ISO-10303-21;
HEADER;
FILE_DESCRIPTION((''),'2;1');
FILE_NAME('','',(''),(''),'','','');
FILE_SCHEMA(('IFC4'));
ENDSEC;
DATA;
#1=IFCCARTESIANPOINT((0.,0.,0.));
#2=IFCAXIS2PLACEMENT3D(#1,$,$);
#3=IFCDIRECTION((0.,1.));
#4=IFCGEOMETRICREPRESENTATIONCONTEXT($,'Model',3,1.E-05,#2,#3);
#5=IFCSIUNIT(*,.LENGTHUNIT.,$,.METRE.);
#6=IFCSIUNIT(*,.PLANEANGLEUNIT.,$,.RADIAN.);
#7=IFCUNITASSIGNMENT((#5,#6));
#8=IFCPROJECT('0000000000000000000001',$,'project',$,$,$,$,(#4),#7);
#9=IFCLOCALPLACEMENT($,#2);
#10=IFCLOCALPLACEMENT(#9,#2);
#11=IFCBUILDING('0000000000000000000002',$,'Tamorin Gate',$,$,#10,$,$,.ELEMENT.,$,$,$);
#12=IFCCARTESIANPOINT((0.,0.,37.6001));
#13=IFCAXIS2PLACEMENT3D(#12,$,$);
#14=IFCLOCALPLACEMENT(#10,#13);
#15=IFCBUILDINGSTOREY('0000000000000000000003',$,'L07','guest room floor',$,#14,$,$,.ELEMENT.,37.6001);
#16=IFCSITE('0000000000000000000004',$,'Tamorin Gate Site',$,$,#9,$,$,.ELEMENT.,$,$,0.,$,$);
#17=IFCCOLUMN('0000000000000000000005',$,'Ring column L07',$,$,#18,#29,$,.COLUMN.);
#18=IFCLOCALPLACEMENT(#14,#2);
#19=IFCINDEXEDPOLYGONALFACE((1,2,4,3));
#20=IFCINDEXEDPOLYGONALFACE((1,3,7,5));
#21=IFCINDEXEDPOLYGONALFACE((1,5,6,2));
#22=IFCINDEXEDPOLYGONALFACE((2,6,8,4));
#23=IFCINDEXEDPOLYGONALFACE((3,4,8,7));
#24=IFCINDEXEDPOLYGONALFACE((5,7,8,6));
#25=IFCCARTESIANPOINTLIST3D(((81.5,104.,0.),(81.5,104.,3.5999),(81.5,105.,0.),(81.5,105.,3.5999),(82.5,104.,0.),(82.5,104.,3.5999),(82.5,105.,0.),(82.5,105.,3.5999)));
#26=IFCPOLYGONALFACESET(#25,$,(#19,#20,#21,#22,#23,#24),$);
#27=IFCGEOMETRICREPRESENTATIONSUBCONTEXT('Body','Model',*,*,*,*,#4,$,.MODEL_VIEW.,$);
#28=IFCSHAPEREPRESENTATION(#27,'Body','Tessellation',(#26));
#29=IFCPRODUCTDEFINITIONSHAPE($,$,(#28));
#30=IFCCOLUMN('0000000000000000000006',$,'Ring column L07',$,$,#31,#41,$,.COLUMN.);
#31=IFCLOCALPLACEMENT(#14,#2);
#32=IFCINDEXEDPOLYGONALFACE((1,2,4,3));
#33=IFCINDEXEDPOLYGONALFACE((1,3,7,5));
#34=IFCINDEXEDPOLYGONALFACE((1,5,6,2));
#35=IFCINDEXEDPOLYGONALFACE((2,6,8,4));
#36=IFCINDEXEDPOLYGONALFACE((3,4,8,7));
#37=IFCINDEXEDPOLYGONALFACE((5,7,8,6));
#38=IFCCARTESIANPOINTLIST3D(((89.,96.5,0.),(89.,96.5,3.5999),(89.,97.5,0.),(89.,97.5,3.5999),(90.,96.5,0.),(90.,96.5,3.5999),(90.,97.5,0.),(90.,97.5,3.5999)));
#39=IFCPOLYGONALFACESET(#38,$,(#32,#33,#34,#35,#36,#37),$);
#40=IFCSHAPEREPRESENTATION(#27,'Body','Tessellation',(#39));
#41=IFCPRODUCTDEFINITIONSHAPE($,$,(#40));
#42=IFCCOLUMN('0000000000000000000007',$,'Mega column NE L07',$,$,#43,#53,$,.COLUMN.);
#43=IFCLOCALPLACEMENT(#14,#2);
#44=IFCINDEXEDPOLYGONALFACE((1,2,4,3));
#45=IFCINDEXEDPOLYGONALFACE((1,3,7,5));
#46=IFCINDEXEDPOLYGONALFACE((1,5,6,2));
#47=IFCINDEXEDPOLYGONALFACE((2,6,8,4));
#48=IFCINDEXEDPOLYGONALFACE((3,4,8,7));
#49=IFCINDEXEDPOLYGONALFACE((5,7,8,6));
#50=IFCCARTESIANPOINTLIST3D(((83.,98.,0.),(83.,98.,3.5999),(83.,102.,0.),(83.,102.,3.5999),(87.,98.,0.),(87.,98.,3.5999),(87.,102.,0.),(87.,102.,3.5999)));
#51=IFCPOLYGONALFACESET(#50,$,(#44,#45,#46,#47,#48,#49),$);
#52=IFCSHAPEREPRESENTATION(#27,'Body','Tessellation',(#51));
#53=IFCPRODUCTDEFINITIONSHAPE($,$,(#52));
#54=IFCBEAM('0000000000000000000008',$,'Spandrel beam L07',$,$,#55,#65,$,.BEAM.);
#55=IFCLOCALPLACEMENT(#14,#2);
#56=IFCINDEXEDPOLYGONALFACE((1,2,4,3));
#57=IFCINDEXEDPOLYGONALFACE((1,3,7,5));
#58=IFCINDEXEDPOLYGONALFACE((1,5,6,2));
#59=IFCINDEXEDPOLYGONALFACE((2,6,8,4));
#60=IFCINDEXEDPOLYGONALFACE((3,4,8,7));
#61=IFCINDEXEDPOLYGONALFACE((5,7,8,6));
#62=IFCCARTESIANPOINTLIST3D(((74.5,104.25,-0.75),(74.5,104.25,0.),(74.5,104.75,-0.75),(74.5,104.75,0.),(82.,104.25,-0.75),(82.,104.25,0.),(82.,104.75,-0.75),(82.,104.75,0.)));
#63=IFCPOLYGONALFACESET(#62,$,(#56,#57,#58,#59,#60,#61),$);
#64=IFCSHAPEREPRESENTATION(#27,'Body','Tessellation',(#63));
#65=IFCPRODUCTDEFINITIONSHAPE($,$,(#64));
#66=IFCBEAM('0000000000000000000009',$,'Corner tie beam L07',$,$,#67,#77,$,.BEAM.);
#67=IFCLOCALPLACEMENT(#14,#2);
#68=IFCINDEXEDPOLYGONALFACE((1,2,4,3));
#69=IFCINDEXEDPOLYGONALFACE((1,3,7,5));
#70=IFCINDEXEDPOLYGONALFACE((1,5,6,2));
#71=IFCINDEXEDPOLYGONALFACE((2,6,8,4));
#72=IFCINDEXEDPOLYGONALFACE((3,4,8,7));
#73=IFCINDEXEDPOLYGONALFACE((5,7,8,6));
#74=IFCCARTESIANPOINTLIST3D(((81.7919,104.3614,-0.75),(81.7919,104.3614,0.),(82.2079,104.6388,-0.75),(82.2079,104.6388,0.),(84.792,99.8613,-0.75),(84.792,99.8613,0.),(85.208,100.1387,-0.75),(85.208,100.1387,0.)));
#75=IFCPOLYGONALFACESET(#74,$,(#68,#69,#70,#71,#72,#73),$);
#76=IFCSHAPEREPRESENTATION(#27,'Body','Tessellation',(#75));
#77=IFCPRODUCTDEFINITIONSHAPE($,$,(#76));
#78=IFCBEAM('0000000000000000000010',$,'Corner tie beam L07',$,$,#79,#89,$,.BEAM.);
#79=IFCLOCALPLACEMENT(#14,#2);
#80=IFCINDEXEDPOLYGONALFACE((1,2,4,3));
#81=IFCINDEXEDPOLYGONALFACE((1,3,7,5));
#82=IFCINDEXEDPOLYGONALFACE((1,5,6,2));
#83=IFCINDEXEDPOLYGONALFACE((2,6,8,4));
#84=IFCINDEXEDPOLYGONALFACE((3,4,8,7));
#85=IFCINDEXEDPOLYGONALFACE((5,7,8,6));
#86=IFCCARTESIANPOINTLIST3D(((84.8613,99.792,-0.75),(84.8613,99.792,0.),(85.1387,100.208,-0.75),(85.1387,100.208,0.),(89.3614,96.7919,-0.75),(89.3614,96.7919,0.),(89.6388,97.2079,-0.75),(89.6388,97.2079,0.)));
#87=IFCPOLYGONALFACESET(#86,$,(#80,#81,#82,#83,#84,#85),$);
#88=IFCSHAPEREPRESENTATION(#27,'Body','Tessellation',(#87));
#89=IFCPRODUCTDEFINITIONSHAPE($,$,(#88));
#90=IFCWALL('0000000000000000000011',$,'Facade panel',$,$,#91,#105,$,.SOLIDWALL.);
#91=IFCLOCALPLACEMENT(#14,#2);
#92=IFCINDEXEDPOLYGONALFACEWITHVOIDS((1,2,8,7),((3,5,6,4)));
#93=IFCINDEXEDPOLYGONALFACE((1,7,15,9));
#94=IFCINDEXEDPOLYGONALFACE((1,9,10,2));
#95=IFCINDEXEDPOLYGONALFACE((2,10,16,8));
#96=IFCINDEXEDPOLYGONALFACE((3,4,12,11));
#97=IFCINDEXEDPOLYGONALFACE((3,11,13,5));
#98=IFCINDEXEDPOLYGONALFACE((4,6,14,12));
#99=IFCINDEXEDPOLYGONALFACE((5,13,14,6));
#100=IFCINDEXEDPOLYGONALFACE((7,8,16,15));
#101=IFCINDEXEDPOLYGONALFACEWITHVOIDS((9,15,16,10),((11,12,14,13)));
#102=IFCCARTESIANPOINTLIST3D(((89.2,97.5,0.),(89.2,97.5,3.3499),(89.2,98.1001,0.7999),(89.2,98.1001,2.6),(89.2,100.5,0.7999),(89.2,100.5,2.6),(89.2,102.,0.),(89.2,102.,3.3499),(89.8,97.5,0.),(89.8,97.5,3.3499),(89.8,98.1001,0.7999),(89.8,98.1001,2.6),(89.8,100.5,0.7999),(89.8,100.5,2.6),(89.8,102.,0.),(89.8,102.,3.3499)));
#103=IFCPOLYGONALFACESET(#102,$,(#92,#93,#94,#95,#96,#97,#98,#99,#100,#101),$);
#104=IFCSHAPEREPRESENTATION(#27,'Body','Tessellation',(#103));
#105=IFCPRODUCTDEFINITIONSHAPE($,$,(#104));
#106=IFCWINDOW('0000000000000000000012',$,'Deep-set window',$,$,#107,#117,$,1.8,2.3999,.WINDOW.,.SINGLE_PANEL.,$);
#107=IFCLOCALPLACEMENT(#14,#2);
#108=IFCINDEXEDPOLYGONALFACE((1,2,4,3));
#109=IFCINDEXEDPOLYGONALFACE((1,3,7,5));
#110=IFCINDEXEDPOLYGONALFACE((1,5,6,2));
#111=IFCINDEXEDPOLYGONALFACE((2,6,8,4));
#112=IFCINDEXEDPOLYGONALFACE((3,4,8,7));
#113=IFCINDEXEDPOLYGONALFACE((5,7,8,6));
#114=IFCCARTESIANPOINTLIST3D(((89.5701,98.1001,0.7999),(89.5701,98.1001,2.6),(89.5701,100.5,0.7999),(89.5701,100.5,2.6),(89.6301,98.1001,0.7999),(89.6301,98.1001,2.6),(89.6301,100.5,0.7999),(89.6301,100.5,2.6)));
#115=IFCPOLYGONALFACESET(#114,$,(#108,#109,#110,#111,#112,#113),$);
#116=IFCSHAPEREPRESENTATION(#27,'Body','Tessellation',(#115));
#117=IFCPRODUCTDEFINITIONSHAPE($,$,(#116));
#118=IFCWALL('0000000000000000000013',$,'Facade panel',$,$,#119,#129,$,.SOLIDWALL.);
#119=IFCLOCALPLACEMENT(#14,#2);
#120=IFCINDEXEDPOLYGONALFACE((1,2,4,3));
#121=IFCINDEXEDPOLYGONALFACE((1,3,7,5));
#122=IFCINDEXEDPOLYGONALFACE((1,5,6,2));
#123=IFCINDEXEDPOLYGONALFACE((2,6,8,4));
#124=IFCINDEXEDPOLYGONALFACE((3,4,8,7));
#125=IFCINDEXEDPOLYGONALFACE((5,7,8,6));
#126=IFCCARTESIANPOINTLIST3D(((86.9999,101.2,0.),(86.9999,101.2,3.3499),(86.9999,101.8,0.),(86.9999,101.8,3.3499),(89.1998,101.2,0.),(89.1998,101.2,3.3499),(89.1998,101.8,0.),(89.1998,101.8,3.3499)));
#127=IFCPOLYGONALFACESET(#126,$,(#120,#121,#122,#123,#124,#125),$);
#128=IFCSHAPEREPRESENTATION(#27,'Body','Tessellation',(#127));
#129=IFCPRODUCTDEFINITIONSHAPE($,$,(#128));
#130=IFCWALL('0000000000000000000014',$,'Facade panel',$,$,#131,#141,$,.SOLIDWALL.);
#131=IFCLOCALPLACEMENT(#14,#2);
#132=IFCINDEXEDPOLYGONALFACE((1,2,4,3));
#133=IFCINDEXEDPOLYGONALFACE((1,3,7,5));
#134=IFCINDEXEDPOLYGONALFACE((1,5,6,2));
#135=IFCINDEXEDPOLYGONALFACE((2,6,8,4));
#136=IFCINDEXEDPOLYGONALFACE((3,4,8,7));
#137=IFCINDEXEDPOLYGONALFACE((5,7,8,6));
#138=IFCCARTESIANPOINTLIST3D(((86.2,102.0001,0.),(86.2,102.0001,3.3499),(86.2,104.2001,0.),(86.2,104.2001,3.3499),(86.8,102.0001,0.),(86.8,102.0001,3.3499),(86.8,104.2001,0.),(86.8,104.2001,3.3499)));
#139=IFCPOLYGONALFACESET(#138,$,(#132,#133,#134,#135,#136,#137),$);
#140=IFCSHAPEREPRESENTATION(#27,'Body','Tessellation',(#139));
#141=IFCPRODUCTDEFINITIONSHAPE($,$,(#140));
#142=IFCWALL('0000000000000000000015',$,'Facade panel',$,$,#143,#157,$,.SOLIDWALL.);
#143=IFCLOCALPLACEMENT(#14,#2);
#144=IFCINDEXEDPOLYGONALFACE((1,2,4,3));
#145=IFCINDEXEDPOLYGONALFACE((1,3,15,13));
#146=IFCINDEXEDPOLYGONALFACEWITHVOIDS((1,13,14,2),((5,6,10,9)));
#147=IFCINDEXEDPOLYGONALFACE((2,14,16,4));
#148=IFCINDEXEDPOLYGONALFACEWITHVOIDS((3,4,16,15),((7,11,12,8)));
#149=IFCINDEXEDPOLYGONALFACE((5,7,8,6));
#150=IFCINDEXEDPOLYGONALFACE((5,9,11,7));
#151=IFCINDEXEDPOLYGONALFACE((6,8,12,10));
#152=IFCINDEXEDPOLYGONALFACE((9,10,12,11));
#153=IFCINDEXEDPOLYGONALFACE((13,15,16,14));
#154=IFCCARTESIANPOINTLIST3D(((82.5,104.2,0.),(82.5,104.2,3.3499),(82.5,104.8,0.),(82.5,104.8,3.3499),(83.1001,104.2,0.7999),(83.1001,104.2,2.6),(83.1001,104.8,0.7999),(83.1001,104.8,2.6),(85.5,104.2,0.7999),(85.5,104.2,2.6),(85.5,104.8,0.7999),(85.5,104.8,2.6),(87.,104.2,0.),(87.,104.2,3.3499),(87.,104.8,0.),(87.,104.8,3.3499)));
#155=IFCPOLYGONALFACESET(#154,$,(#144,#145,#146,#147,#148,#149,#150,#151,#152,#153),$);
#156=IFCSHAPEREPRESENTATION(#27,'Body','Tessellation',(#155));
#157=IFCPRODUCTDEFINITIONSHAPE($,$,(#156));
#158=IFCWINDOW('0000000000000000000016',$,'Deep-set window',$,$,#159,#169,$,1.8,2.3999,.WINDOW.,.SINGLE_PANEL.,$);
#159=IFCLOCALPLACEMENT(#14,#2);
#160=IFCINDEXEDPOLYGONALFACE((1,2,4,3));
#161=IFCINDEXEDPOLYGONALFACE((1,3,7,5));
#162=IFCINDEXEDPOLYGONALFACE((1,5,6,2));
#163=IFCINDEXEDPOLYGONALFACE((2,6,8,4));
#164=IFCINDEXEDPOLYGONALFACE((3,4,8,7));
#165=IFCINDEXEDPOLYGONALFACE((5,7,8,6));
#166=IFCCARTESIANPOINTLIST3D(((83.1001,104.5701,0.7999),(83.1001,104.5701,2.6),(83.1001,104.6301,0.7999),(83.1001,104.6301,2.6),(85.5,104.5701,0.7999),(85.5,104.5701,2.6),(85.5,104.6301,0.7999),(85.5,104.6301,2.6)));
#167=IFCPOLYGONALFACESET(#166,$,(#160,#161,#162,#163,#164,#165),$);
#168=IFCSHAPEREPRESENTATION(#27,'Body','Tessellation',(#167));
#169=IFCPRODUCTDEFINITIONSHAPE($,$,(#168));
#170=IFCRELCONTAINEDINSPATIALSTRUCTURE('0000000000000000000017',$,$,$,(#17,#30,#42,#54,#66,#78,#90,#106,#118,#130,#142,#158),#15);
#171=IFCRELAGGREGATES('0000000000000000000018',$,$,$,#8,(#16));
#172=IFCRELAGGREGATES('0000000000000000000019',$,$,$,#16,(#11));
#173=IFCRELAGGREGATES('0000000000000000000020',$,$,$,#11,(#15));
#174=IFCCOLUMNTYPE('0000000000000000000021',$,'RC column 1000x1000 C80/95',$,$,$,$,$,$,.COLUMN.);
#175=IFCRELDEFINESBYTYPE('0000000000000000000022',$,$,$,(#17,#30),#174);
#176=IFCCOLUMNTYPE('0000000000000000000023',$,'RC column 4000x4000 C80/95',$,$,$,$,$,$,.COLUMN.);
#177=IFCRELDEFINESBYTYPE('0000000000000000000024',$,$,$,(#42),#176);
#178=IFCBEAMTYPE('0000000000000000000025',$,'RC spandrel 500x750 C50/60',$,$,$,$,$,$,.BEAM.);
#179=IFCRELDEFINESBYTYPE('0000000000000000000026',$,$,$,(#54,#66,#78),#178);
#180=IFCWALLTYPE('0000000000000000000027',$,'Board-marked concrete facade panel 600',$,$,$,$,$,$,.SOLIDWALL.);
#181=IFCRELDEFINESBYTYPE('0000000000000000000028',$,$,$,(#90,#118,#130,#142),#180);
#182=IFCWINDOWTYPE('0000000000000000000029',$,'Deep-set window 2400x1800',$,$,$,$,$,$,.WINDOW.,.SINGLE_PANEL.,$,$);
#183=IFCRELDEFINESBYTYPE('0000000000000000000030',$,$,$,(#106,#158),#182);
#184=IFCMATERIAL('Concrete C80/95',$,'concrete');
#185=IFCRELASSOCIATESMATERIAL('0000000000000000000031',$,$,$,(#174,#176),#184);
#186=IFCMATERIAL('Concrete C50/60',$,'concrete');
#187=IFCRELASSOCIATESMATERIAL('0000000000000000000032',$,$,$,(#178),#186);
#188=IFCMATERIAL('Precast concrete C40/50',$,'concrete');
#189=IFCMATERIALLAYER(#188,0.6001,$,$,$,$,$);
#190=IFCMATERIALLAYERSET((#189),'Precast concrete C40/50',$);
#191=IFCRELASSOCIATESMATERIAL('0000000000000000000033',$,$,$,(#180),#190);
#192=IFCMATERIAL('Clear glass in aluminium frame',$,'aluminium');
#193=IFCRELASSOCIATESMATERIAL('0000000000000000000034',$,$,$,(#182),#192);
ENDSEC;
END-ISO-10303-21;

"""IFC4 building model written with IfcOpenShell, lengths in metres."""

from ifc_helpers import new_model, si_unit, direction, frame, frame_2d, origin, origin_2d, place, context, subcontext, project, spatial, rectangle, extrude, material, layer, layer_set, material_profile, profile_set, type_object, element, fill, save


model = new_model("IFC4")

# Units and contexts
model_context = context("Model", 3, precision=1e-05, world=origin(), true_north=direction((0.0, 1.0)))
body_context = subcontext(model_context, "Body", "Model", "MODEL_VIEW")
ifc_project = project(units=[si_unit("LENGTHUNIT", "METRE"), si_unit("PLANEANGLEUNIT", "RADIAN")], contexts=[model_context])

# Site, building, storey
site_placement = place(None, origin())
site = spatial("IfcSite", under=ifc_project, at=site_placement, Name="Tamorin Gate Site", CompositionType="ELEMENT", RefElevation=0.0)
building_placement = place(site_placement, origin())
building = spatial("IfcBuilding", under=site, at=building_placement, Name="Tamorin Gate", CompositionType="ELEMENT")
storey_placement = place(building_placement, frame((0.0, 0.0, 37.6001)))
storey = spatial("IfcBuildingStorey", under=building, at=storey_placement, Name="L07", Description="guest room floor", CompositionType="ELEMENT", Elevation=37.6001)

# Columns
ifc_material_1 = material(Name="Concrete C80/95", Category="concrete")
ifc_material_profile_1 = material_profile(ifc_material_1, rectangle(XDim=1.0, YDim=1.0, at=origin_2d()), Name="RC 1000x1000")
ifc_profile_set_1 = profile_set([ifc_material_profile_1], Name="Concrete C80/95")
column_type_1 = type_object("IfcColumnType", Name="RC column 1000x1000 C80/95", PredefinedType="COLUMN", material=ifc_profile_set_1)
for number, where, z_axis, x_axis, name in (
    (1, (82.0, 104.5, 0.0), (0.0, 0.0, 1.0), (1.0, 0.0, 0.0), "Ring column L07"),
    (2, (89.5, 97.0, 0.0), (0.0, 0.0, 1.0), (1.0, 0.0, 0.0), "Ring column L07"),
):
    element("IfcColumn", number, at=place(storey_placement, frame(where, z_axis=z_axis, x_axis=x_axis)), inside=storey, type_object=column_type_1, Name=name, PredefinedType="COLUMN", context=body_context, shape_type="SweptSolid", body=[
        extrude(rectangle(XDim=1.0, YDim=1.0, at=origin_2d()), origin(), (0.0, 0.0, 1.0), 3.5999),
    ])
ifc_material_profile_2 = material_profile(ifc_material_1, rectangle(XDim=4.0, YDim=4.0, at=origin_2d()), Name="RC 4000x4000")
ifc_profile_set_2 = profile_set([ifc_material_profile_2], Name="Concrete C80/95")
column_type_2 = type_object("IfcColumnType", Name="RC column 4000x4000 C80/95", PredefinedType="COLUMN", material=ifc_profile_set_2)
column_placement = place(storey_placement, frame((85.0, 100.0, 0.0), z_axis=(0.0, 0.0, 1.0), x_axis=(1.0, 0.0, 0.0)))
element("IfcColumn", 3, at=column_placement, inside=storey, type_object=column_type_2, Name="Mega column NE L07", PredefinedType="COLUMN", context=body_context, shape_type="SweptSolid", body=[
    extrude(rectangle(XDim=4.0, YDim=4.0, at=origin_2d()), origin(), (0.0, 0.0, 1.0), 3.5999),
])

# Beams
ifc_material_2 = material(Name="Concrete C50/60", Category="concrete")
ifc_material_profile_3 = material_profile(ifc_material_2, rectangle(XDim=0.5, YDim=0.75, at=origin_2d()), Name="RC 500x750")
ifc_profile_set_3 = profile_set([ifc_material_profile_3], Name="Concrete C50/60")
beam_type = type_object("IfcBeamType", Name="RC spandrel 500x750 C50/60", PredefinedType="BEAM", material=ifc_profile_set_3)
beam_placement = place(storey_placement, frame((82.0, 104.5, -0.375), z_axis=(-1.0, 0.0, 0.0), x_axis=(0.0, -1.0, 0.0)))
element("IfcBeam", 4, at=beam_placement, inside=storey, type_object=beam_type, Name="Spandrel beam L07", PredefinedType="BEAM", context=body_context, shape_type="SweptSolid", body=[
    extrude(rectangle(XDim=0.5, YDim=0.75, at=origin_2d()), origin(), (0.0, 0.0, 1.0), 7.5),
])
for number, where, z_axis, x_axis, name in (
    (5, (85.0, 100.0, -0.375), (-0.5547, 0.83205, 0.0), (-0.83205, -0.5547, 0.0), "Corner tie beam L07"),
    (6, (85.0, 100.0, -0.375), (0.83205, -0.5547, 0.0), (0.5547, 0.83205, 0.0), "Corner tie beam L07"),
):
    element("IfcBeam", number, at=place(storey_placement, frame(where, z_axis=z_axis, x_axis=x_axis)), inside=storey, type_object=beam_type, Name=name, PredefinedType="BEAM", context=body_context, shape_type="SweptSolid", body=[
        extrude(rectangle(XDim=0.5, YDim=0.75, at=origin_2d()), origin(), (0.0, 0.0, 1.0), 5.4084),
    ])

# Wall, opening, window
ifc_material_3 = material(Name="Precast concrete C40/50", Category="concrete")
ifc_layer_1 = layer(ifc_material_3, 0.6001)
ifc_layer_set_1 = layer_set([ifc_layer_1], Name="Precast concrete C40/50")
wall_type_1 = type_object("IfcWallType", Name="Board-marked concrete facade panel 600", PredefinedType="SOLIDWALL", material=ifc_layer_set_1)
wall_1_placement = place(storey_placement, frame((89.5, 97.5, 0.0), z_axis=(0.0, 0.0, 1.0), x_axis=(0.0, 1.0, 0.0)))
wall_1 = element("IfcWall", 7, at=wall_1_placement, inside=storey, type_object=wall_type_1, Name="Facade panel", PredefinedType="SOLIDWALL", context=body_context, shape_type="SweptSolid", body=[
    extrude(rectangle(XDim=4.5, YDim=0.6001, at=frame_2d((2.25, 0.0))), origin(), (0.0, 0.0, 1.0), 3.3499),
])
opening_1_placement = place(wall_1_placement, frame((0.6001, 0.0, 0.8)))
opening_1 = element("IfcOpeningElement", 8, at=opening_1_placement, cuts=wall_1, PredefinedType="OPENING", context=body_context, shape_type="SweptSolid", body=[
    extrude(rectangle(XDim=2.3999, YDim=1.8, at=frame_2d((1.2, 0.8999))), frame((0.0, 0.3101, 0.0), z_axis=(0.0, -1.0, 0.0), x_axis=(1.0, 0.0, 0.0)), (0.0, 0.0, 1.0), 0.6201),
])
ifc_material_4 = material(Name="Clear glass in aluminium frame", Category="aluminium")
window_type = type_object("IfcWindowType", Name="Deep-set window 2400x1800", PartitioningType="SINGLE_PANEL", PredefinedType="WINDOW", material=ifc_material_4)
window_1_placement = place(opening_1_placement, origin())
window_1 = element("IfcWindow", 9, at=window_1_placement, inside=storey, type_object=window_type, Name="Deep-set window", OverallHeight=1.8, OverallWidth=2.3999, PartitioningType="SINGLE_PANEL", PredefinedType="WINDOW", context=body_context, shape_type="SweptSolid", body=[
    extrude(rectangle(XDim=2.3999, YDim=1.8, at=frame_2d((1.2, 0.8999))), frame((0.0, -0.0701, 0.0), z_axis=(0.0, -1.0, 0.0), x_axis=(1.0, 0.0, 0.0)), (0.0, 0.0, 1.0), 0.0601),
])
fill(opening_1, window_1)

# Walls
for number, where, z_axis, x_axis, name in (
    (10, (89.2, 101.5, 0.0), (0.0, 0.0, 1.0), (-1.0, 0.0, 0.0), "Facade panel"),
    (11, (86.5, 102.0, 0.0), (0.0, 0.0, 1.0), (0.0, 1.0, 0.0), "Facade panel"),
):
    element("IfcWall", number, at=place(storey_placement, frame(where, z_axis=z_axis, x_axis=x_axis)), inside=storey, type_object=wall_type_1, Name=name, PredefinedType="SOLIDWALL", context=body_context, shape_type="SweptSolid", body=[
        extrude(rectangle(XDim=2.2, YDim=0.6001, at=frame_2d((1.1001, 0.0))), origin(), (0.0, 0.0, 1.0), 3.3499),
    ])

# Wall, opening, window
wall_2_placement = place(storey_placement, frame((87.0, 104.5, 0.0), z_axis=(0.0, 0.0, 1.0), x_axis=(-1.0, 0.0, 0.0)))
wall_2 = element("IfcWall", 12, at=wall_2_placement, inside=storey, type_object=wall_type_1, Name="Facade panel", PredefinedType="SOLIDWALL", context=body_context, shape_type="SweptSolid", body=[
    extrude(rectangle(XDim=4.5, YDim=0.6001, at=frame_2d((2.25, 0.0))), origin(), (0.0, 0.0, 1.0), 3.3499),
])
opening_2_placement = place(wall_2_placement, frame((1.5, 0.0, 0.8)))
opening_2 = element("IfcOpeningElement", 13, at=opening_2_placement, cuts=wall_2, PredefinedType="OPENING", context=body_context, shape_type="SweptSolid", body=[
    extrude(rectangle(XDim=2.3999, YDim=1.8, at=frame_2d((1.2, 0.8999))), frame((0.0, 0.3101, 0.0), z_axis=(0.0, -1.0, 0.0), x_axis=(1.0, 0.0, 0.0)), (0.0, 0.0, 1.0), 0.6201),
])
window_2_placement = place(opening_2_placement, origin())
window_2 = element("IfcWindow", 14, at=window_2_placement, inside=storey, type_object=window_type, Name="Deep-set window", OverallHeight=1.8, OverallWidth=2.3999, PartitioningType="SINGLE_PANEL", PredefinedType="WINDOW", context=body_context, shape_type="SweptSolid", body=[
    extrude(rectangle(XDim=2.3999, YDim=1.8, at=frame_2d((1.2, 0.8999))), frame((0.0, -0.0701, 0.0), z_axis=(0.0, -1.0, 0.0), x_axis=(1.0, 0.0, 0.0)), (0.0, 0.0, 1.0), 0.0601),
])
fill(opening_2, window_2)

save(model, "model.ifc")
